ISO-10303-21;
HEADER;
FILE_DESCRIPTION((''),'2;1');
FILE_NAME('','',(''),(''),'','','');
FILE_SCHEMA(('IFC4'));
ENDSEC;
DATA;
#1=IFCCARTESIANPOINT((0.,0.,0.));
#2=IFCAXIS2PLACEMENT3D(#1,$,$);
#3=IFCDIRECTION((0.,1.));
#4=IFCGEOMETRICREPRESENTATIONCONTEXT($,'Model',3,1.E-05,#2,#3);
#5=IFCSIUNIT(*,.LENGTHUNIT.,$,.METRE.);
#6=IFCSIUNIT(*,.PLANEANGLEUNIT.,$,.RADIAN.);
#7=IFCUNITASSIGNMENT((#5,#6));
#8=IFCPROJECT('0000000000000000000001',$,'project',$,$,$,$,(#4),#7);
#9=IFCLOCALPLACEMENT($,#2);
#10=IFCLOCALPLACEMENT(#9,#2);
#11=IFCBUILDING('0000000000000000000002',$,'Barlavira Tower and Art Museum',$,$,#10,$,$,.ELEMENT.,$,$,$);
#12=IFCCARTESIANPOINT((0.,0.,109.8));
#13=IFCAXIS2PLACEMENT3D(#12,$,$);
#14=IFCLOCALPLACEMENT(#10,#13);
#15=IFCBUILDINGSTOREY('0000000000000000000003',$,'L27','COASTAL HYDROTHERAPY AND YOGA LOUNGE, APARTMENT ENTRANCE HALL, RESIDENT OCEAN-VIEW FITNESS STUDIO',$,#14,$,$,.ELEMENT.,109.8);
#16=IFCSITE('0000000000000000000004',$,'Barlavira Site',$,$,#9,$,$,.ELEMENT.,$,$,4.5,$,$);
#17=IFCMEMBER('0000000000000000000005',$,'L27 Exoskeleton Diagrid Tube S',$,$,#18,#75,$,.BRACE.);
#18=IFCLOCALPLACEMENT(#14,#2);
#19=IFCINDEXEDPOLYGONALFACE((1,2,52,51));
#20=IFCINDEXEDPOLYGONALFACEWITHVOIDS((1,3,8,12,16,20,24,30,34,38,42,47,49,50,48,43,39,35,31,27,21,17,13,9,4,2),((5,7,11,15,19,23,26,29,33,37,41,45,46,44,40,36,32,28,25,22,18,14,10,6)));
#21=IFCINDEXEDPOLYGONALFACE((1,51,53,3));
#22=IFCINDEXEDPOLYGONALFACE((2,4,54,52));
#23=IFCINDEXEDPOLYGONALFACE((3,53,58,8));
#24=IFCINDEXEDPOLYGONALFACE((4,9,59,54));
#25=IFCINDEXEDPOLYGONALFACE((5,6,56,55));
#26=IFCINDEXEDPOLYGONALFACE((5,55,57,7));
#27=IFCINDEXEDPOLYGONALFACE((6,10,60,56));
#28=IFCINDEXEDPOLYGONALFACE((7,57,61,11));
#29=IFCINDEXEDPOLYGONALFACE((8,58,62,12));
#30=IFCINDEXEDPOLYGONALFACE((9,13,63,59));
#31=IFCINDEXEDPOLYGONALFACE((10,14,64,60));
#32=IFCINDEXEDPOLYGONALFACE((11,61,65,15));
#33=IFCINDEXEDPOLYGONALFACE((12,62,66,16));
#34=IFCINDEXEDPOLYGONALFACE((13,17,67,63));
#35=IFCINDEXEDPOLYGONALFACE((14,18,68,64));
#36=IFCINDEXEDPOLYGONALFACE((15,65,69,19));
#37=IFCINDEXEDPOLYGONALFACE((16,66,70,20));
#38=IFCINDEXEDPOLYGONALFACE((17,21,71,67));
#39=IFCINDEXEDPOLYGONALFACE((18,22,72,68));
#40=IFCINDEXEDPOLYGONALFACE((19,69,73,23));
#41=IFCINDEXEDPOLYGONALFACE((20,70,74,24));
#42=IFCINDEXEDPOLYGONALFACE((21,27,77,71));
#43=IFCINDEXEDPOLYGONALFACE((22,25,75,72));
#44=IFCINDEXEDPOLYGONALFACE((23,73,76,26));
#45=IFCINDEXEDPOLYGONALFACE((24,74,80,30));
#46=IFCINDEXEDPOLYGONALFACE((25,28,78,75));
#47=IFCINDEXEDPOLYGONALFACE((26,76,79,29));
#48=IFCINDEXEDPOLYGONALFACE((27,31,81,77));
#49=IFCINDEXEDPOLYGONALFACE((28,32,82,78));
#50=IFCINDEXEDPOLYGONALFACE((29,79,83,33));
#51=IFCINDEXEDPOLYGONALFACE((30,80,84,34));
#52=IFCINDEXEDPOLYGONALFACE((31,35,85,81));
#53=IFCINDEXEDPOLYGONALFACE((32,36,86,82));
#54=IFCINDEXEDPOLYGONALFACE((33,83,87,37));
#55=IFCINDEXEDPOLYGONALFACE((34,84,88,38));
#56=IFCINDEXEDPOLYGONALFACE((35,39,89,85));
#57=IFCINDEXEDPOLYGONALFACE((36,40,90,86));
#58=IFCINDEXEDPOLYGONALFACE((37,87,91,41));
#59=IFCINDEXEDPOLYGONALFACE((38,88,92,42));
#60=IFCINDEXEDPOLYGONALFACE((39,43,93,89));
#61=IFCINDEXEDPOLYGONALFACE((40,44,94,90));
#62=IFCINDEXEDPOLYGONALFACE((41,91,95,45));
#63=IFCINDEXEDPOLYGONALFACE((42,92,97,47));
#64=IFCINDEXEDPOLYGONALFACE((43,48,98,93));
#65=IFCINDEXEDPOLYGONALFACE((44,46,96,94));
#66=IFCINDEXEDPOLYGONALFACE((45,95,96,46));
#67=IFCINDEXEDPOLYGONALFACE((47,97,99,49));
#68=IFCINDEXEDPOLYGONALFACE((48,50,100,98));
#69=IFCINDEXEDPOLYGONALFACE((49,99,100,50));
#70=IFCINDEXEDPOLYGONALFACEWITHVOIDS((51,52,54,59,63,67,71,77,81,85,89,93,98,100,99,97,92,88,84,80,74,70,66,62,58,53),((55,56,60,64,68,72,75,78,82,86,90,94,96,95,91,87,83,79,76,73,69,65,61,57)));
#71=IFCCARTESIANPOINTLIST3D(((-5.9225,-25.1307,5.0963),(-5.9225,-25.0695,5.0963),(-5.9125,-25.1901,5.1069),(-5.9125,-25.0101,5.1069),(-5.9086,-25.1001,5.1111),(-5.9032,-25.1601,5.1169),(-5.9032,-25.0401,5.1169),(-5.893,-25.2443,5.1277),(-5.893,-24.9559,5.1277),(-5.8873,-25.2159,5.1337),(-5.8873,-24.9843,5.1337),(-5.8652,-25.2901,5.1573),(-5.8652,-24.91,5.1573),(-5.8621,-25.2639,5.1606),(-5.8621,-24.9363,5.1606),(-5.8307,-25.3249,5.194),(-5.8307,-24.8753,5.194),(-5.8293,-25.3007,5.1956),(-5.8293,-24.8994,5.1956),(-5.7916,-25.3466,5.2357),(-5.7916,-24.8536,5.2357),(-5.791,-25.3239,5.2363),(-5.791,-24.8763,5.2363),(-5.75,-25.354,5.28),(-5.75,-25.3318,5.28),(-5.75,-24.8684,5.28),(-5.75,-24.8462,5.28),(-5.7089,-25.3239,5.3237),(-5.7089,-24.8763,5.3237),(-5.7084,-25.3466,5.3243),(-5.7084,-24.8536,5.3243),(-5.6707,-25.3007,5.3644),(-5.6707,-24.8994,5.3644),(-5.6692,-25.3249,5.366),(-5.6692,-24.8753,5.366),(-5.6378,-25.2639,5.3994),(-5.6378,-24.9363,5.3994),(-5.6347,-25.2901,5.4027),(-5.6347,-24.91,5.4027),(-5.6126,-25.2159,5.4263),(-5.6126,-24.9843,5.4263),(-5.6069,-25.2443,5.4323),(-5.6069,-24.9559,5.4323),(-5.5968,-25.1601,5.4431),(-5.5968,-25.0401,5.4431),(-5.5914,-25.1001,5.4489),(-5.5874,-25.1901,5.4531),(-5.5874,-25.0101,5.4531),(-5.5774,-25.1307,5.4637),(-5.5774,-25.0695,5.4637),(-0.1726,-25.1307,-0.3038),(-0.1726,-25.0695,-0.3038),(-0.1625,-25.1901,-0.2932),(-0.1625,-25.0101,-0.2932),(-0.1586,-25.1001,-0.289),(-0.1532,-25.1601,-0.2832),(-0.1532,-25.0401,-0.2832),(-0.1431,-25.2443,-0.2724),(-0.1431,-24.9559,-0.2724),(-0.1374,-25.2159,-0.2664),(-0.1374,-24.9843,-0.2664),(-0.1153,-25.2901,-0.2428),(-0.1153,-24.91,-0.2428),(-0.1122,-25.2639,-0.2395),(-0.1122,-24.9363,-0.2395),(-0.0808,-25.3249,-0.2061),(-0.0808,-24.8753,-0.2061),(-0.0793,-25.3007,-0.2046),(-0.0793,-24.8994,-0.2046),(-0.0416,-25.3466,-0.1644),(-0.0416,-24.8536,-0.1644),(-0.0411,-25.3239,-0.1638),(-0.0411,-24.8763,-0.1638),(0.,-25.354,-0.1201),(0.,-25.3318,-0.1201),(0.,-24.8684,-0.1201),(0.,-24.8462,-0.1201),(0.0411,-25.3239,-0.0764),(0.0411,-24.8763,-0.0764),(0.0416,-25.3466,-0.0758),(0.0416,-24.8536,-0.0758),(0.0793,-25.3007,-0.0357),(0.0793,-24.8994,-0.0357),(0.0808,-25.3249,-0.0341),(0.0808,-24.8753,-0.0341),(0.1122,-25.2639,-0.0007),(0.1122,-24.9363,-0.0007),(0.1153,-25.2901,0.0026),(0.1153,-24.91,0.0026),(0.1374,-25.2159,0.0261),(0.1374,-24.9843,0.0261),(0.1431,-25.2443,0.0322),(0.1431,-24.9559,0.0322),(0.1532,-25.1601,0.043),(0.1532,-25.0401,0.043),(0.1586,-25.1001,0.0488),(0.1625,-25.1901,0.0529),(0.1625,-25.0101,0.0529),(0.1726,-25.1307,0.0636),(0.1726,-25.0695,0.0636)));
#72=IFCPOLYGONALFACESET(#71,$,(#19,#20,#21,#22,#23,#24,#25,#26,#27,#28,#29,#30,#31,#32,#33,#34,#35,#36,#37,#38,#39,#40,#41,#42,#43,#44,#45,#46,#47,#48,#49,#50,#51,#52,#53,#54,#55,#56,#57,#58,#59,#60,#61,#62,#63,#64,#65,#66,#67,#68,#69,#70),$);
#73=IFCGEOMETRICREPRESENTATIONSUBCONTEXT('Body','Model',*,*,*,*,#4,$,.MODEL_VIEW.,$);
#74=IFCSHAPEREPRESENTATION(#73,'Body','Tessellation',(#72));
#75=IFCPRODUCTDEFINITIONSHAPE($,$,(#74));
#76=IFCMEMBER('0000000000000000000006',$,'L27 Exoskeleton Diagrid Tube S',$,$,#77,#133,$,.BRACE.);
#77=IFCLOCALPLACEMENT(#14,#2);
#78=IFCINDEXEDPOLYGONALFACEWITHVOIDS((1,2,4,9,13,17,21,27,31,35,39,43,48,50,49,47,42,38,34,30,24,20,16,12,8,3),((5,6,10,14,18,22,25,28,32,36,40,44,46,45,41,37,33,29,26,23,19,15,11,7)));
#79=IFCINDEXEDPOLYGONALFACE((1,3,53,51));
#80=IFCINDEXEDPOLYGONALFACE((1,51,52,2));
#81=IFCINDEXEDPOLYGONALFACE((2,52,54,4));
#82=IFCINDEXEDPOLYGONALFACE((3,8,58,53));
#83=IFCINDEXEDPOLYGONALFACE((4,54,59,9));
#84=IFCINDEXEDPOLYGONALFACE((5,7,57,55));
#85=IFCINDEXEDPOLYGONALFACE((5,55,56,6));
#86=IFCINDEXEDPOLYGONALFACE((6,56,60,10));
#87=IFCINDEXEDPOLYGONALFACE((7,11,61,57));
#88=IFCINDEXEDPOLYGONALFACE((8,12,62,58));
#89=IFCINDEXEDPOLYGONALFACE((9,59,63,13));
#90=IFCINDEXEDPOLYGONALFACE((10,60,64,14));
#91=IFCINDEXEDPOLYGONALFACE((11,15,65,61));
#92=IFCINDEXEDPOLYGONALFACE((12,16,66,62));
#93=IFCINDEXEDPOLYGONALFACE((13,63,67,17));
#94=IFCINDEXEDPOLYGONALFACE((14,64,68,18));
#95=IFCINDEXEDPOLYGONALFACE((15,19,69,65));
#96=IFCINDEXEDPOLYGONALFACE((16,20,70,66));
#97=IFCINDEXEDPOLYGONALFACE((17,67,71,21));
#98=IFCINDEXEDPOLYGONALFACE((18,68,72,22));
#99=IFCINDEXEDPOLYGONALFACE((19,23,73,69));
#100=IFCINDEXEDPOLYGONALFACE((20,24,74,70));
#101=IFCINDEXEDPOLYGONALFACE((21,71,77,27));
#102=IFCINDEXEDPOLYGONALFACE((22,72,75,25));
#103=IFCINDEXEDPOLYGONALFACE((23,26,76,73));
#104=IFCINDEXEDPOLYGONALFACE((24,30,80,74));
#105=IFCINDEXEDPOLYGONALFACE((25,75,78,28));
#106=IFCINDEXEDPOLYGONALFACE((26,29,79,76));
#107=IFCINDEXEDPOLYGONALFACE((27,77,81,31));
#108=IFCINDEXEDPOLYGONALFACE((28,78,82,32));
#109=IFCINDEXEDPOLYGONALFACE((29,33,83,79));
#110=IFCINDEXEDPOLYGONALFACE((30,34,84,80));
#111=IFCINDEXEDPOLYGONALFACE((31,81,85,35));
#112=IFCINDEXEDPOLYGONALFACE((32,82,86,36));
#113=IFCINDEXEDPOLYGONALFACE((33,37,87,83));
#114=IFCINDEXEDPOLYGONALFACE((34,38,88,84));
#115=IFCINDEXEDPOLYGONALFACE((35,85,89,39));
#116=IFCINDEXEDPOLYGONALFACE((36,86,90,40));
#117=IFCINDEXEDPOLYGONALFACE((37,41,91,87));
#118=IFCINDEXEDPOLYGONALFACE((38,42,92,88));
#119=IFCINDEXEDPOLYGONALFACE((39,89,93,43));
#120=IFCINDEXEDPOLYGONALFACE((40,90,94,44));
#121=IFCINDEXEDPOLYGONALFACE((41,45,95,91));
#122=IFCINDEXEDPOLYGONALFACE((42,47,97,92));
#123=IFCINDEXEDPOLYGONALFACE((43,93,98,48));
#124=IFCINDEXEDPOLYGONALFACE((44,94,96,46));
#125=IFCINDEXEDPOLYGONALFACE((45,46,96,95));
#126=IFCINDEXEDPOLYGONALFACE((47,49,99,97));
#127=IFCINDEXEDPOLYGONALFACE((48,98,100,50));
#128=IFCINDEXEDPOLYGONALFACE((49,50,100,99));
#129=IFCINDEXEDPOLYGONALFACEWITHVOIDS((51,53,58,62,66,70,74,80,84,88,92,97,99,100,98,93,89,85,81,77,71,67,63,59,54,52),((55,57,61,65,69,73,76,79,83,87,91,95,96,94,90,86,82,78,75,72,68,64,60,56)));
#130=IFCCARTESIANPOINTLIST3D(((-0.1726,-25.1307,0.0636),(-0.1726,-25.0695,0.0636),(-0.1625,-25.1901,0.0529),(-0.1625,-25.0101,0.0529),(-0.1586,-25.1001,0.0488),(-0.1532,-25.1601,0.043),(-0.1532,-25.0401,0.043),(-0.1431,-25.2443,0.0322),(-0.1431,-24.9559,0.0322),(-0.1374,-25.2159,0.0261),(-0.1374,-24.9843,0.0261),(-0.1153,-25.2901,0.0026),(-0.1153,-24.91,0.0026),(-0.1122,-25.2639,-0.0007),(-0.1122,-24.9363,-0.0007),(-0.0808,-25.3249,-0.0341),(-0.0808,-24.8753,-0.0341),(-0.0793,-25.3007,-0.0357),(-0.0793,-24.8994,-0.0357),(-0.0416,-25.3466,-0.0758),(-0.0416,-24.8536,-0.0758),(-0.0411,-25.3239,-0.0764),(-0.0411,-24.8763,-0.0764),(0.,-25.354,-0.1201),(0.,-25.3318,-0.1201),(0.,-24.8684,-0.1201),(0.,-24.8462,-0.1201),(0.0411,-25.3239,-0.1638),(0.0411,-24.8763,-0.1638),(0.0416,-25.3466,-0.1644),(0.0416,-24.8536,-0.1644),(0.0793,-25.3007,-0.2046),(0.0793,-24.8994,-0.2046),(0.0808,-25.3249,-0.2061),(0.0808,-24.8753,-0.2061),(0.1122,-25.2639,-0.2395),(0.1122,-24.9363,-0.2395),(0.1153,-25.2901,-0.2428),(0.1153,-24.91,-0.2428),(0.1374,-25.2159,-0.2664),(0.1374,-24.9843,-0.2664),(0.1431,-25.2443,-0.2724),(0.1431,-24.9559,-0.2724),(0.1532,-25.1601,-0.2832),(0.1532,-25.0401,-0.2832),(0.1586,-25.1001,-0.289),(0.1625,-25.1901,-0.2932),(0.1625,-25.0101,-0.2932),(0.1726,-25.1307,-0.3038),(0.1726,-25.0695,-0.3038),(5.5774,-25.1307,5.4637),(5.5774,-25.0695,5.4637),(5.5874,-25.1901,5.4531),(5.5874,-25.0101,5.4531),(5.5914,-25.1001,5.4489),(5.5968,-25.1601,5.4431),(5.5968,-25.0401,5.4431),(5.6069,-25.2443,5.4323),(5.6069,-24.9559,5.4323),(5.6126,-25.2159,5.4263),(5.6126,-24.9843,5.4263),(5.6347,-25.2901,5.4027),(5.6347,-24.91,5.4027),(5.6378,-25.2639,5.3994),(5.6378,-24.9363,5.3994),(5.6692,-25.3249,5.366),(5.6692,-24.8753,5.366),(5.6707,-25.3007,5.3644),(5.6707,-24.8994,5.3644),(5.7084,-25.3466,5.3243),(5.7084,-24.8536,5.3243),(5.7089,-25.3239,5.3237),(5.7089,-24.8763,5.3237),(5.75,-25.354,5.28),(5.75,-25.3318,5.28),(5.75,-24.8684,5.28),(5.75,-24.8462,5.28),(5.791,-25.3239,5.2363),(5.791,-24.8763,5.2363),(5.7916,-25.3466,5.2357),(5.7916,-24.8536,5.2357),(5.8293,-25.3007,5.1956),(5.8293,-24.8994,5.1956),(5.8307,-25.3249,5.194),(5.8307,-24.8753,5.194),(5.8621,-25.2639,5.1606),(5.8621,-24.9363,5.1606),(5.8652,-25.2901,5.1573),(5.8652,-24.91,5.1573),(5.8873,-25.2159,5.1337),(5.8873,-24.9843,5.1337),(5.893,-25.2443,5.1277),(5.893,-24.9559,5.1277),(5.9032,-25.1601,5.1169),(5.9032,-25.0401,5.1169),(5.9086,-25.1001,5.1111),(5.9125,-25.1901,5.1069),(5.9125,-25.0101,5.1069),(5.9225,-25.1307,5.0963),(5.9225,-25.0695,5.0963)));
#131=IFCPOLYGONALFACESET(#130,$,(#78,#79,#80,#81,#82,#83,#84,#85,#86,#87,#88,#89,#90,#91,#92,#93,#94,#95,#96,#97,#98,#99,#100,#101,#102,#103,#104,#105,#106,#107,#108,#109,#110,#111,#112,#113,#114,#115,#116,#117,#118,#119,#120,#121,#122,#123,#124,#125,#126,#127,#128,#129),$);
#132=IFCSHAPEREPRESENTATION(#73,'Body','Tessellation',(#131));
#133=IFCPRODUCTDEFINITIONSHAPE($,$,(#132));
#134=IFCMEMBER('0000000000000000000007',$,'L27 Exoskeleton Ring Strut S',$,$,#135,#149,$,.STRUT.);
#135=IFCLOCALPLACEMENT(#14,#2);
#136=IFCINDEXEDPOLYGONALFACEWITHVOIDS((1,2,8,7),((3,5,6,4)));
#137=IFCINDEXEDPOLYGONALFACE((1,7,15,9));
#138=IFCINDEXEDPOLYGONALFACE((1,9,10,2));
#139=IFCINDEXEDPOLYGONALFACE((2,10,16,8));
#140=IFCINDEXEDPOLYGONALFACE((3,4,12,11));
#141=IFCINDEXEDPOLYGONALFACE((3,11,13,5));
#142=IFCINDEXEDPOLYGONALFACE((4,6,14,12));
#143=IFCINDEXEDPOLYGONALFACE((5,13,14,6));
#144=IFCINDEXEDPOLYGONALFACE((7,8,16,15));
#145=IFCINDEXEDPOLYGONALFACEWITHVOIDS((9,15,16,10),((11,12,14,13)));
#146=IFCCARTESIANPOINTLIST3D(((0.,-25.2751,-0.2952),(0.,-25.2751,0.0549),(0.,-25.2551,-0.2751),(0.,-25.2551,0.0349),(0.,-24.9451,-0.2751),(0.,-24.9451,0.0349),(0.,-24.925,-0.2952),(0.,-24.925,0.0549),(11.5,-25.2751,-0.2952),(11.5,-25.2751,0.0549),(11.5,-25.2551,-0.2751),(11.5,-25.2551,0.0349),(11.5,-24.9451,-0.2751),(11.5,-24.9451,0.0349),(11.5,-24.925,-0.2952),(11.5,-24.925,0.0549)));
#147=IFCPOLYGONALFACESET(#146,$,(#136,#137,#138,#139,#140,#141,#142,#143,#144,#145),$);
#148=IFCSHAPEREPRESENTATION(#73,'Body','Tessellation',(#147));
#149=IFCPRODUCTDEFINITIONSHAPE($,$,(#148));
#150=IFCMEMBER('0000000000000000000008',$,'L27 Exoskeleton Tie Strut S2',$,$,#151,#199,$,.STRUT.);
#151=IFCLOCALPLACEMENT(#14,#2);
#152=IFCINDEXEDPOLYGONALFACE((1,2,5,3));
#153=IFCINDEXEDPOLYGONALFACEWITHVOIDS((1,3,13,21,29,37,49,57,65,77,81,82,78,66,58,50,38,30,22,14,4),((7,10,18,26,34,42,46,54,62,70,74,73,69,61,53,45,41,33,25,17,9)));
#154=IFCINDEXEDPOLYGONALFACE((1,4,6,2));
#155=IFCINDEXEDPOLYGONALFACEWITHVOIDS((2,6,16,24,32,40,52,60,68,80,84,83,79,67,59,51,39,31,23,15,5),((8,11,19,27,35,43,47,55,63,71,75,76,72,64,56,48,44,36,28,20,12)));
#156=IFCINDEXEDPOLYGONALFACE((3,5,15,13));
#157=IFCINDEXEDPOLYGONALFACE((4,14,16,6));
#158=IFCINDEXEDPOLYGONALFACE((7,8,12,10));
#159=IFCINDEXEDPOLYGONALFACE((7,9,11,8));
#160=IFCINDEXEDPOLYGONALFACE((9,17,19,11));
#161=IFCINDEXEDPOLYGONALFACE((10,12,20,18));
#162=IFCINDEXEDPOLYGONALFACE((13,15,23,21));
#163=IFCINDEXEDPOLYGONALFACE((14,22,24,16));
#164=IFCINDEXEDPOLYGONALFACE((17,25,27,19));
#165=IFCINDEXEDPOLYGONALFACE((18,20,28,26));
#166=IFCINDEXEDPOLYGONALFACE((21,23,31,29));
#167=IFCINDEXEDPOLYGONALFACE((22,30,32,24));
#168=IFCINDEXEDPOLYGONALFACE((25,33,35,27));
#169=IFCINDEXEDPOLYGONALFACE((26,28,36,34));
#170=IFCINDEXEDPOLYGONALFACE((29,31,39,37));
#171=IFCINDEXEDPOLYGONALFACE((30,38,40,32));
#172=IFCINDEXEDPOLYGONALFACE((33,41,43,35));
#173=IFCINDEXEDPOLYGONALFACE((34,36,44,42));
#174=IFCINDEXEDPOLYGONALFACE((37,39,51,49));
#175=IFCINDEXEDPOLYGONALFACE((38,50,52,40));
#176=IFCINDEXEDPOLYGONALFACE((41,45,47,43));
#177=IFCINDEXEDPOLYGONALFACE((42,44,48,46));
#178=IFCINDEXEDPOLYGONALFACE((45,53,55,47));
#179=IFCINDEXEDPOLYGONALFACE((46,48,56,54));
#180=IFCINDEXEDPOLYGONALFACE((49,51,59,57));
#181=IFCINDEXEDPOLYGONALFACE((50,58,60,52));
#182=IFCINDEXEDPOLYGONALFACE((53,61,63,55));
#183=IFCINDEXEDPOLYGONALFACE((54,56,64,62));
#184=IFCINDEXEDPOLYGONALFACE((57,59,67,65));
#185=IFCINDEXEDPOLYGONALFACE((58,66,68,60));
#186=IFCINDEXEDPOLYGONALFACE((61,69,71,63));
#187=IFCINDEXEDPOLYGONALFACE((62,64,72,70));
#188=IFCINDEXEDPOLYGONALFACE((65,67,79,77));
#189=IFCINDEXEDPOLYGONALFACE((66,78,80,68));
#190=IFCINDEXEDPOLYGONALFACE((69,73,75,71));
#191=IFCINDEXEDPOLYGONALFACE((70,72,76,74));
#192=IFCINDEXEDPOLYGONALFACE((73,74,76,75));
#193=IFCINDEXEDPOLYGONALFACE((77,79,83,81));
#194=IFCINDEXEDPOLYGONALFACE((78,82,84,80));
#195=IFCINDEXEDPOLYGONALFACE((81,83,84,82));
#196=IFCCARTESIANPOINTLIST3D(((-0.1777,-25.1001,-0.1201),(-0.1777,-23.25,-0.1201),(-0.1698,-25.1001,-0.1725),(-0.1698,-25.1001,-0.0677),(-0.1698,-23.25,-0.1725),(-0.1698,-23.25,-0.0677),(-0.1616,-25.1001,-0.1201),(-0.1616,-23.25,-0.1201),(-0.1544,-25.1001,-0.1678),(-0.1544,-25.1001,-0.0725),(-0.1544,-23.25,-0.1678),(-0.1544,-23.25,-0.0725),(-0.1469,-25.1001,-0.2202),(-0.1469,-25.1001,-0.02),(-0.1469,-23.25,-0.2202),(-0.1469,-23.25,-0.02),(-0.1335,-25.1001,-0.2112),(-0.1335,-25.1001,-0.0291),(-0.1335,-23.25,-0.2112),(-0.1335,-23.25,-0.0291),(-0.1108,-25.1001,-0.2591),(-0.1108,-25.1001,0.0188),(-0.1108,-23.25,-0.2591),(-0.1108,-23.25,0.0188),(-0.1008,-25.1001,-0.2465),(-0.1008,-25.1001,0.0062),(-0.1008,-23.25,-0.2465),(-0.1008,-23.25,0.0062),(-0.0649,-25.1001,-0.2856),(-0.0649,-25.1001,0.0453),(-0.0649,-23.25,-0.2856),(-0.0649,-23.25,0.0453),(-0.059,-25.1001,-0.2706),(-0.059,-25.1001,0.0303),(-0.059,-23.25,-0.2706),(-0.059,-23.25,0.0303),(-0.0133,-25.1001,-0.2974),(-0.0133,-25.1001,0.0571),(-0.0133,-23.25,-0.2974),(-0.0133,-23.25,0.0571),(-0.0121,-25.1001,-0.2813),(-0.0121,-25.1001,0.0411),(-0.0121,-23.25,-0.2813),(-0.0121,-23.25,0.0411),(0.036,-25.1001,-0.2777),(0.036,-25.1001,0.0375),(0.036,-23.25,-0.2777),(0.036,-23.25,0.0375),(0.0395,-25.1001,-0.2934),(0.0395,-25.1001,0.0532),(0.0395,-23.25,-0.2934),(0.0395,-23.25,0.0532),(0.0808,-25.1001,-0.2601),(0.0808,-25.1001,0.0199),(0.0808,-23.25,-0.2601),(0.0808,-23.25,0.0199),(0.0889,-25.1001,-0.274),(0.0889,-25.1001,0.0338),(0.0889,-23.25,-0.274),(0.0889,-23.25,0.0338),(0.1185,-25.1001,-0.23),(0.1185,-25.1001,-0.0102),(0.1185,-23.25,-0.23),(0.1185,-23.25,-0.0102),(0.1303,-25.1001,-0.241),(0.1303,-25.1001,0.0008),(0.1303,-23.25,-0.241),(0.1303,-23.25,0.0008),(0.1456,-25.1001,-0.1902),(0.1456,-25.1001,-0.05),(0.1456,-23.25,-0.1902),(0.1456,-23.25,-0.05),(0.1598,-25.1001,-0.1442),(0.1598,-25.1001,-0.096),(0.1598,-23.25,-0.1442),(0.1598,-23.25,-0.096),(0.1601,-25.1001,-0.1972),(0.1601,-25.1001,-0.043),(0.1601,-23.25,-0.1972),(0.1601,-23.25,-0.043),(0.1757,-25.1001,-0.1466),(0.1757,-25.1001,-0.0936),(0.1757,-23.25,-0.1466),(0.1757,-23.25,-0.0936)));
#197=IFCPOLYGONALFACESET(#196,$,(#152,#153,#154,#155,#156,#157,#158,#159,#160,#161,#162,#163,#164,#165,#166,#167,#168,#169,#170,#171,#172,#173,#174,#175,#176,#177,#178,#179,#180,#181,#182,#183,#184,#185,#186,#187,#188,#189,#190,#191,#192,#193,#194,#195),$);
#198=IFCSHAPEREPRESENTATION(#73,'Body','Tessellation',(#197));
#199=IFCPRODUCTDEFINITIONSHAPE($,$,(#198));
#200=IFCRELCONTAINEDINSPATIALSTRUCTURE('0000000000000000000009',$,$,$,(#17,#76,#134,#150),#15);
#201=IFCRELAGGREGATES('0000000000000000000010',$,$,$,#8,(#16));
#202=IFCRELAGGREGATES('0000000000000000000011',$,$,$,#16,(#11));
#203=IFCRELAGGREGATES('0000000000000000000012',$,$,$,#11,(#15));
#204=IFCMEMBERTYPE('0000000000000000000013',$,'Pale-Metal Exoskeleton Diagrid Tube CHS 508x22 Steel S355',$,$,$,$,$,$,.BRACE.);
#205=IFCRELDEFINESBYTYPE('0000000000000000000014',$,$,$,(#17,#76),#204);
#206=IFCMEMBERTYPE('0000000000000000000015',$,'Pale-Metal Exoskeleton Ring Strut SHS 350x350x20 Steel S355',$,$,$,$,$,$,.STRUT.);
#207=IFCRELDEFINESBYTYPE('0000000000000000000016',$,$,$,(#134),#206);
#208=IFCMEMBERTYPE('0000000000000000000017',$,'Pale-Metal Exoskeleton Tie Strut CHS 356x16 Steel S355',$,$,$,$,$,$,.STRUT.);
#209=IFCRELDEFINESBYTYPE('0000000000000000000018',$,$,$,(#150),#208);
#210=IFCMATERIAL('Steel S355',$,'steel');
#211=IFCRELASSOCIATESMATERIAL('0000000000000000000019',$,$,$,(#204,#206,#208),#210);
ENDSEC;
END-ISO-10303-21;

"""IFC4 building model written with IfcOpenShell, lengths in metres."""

from ifc_helpers import new_model, si_unit, direction, frame, origin, origin_2d, place, context, subcontext, project, spatial, hollow_rectangle, hollow_circle, extrude, material, material_profile, profile_set, type_object, element, save


model = new_model("IFC4")

# Units and contexts
model_context = context("Model", 3, precision=1e-05, world=origin(), true_north=direction((0.0, 1.0)))
body_context = subcontext(model_context, "Body", "Model", "MODEL_VIEW")
ifc_project = project(units=[si_unit("LENGTHUNIT", "METRE"), si_unit("PLANEANGLEUNIT", "RADIAN")], contexts=[model_context])

# Site, building, storey
site_placement = place(None, origin())
site = spatial("IfcSite", under=ifc_project, at=site_placement, Name="Barlavira Site", CompositionType="ELEMENT", RefElevation=4.5)
building_placement = place(site_placement, origin())
building = spatial("IfcBuilding", under=site, at=building_placement, Name="Barlavira Tower and Art Museum", CompositionType="ELEMENT")
storey_placement = place(building_placement, frame((0.0, 0.0, 109.8)))
storey = spatial("IfcBuildingStorey", under=building, at=storey_placement, Name="L27", Description="COASTAL HYDROTHERAPY AND YOGA LOUNGE, APARTMENT ENTRANCE HALL, RESIDENT OCEAN-VIEW FITNESS STUDIO", CompositionType="ELEMENT", Elevation=109.8)

# Members
ifc_material_1 = material(Name="Steel S355", Category="steel")
ifc_material_profile_1 = material_profile(ifc_material_1, hollow_circle(Radius=0.2539, WallThickness=0.0222, at=origin_2d()), Name="CHS 508.0x22.2")
ifc_profile_set_1 = profile_set([ifc_material_profile_1], Name="Steel S355")
member_type_1 = type_object("IfcMemberType", Name="Pale-Metal Exoskeleton Diagrid Tube CHS 508x22 Steel S355", PredefinedType="BRACE", material=ifc_profile_set_1)
for number, where, z_axis, x_axis, name in (
    (1, (0.0, -25.1001, -0.1201), (-0.728935, 0.0, 0.684583), (0.0, -1.0, 0.0), "L27 Exoskeleton Diagrid Tube S"),
    (2, (0.0, -25.1001, -0.1201), (0.728935, 0.0, 0.684583), (0.0, 1.0, 0.0), "L27 Exoskeleton Diagrid Tube S"),
):
    element("IfcMember", number, at=place(storey_placement, frame(where, z_axis=z_axis, x_axis=x_axis)), inside=storey, type_object=member_type_1, Name=name, PredefinedType="BRACE", context=body_context, shape_type="SweptSolid", body=[
        extrude(hollow_circle(Radius=0.2539, WallThickness=0.0222, at=origin_2d()), origin(), (0.0, 0.0, 1.0), 7.8882),
    ])
ifc_material_profile_2 = material_profile(ifc_material_1, hollow_rectangle(XDim=0.3501, YDim=0.3501, WallThickness=0.02, at=origin_2d()), Name="SHS 350x350x20.0")
ifc_profile_set_2 = profile_set([ifc_material_profile_2], Name="Steel S355")
member_type_2 = type_object("IfcMemberType", Name="Pale-Metal Exoskeleton Ring Strut SHS 350x350x20 Steel S355", PredefinedType="STRUT", material=ifc_profile_set_2)
member_1_placement = place(storey_placement, frame((0.0, -25.1001, -0.1201), z_axis=(1.0, 0.0, 0.0), x_axis=(0.0, 1.0, 0.0)))
element("IfcMember", 3, at=member_1_placement, inside=storey, type_object=member_type_2, Name="L27 Exoskeleton Ring Strut S", PredefinedType="STRUT", context=body_context, shape_type="SweptSolid", body=[
    extrude(hollow_rectangle(XDim=0.3501, YDim=0.3501, WallThickness=0.02, at=origin_2d()), origin(), (0.0, 0.0, 1.0), 11.5),
])
ifc_material_profile_3 = material_profile(ifc_material_1, hollow_circle(Radius=0.1777, WallThickness=0.0161, at=origin_2d()), Name="CHS 355.6x16.0")
ifc_profile_set_3 = profile_set([ifc_material_profile_3], Name="Steel S355")
member_type_3 = type_object("IfcMemberType", Name="Pale-Metal Exoskeleton Tie Strut CHS 356x16 Steel S355", PredefinedType="STRUT", material=ifc_profile_set_3)
member_2_placement = place(storey_placement, frame((0.0, -25.1001, -0.1201), z_axis=(0.0, 1.0, 0.0), x_axis=(-1.0, 0.0, 0.0)))
element("IfcMember", 4, at=member_2_placement, inside=storey, type_object=member_type_3, Name="L27 Exoskeleton Tie Strut S2", PredefinedType="STRUT", context=body_context, shape_type="SweptSolid", body=[
    extrude(hollow_circle(Radius=0.1777, WallThickness=0.0161, at=origin_2d()), origin(), (0.0, 0.0, 1.0), 1.8501),
])

save(model, "model.ifc")
